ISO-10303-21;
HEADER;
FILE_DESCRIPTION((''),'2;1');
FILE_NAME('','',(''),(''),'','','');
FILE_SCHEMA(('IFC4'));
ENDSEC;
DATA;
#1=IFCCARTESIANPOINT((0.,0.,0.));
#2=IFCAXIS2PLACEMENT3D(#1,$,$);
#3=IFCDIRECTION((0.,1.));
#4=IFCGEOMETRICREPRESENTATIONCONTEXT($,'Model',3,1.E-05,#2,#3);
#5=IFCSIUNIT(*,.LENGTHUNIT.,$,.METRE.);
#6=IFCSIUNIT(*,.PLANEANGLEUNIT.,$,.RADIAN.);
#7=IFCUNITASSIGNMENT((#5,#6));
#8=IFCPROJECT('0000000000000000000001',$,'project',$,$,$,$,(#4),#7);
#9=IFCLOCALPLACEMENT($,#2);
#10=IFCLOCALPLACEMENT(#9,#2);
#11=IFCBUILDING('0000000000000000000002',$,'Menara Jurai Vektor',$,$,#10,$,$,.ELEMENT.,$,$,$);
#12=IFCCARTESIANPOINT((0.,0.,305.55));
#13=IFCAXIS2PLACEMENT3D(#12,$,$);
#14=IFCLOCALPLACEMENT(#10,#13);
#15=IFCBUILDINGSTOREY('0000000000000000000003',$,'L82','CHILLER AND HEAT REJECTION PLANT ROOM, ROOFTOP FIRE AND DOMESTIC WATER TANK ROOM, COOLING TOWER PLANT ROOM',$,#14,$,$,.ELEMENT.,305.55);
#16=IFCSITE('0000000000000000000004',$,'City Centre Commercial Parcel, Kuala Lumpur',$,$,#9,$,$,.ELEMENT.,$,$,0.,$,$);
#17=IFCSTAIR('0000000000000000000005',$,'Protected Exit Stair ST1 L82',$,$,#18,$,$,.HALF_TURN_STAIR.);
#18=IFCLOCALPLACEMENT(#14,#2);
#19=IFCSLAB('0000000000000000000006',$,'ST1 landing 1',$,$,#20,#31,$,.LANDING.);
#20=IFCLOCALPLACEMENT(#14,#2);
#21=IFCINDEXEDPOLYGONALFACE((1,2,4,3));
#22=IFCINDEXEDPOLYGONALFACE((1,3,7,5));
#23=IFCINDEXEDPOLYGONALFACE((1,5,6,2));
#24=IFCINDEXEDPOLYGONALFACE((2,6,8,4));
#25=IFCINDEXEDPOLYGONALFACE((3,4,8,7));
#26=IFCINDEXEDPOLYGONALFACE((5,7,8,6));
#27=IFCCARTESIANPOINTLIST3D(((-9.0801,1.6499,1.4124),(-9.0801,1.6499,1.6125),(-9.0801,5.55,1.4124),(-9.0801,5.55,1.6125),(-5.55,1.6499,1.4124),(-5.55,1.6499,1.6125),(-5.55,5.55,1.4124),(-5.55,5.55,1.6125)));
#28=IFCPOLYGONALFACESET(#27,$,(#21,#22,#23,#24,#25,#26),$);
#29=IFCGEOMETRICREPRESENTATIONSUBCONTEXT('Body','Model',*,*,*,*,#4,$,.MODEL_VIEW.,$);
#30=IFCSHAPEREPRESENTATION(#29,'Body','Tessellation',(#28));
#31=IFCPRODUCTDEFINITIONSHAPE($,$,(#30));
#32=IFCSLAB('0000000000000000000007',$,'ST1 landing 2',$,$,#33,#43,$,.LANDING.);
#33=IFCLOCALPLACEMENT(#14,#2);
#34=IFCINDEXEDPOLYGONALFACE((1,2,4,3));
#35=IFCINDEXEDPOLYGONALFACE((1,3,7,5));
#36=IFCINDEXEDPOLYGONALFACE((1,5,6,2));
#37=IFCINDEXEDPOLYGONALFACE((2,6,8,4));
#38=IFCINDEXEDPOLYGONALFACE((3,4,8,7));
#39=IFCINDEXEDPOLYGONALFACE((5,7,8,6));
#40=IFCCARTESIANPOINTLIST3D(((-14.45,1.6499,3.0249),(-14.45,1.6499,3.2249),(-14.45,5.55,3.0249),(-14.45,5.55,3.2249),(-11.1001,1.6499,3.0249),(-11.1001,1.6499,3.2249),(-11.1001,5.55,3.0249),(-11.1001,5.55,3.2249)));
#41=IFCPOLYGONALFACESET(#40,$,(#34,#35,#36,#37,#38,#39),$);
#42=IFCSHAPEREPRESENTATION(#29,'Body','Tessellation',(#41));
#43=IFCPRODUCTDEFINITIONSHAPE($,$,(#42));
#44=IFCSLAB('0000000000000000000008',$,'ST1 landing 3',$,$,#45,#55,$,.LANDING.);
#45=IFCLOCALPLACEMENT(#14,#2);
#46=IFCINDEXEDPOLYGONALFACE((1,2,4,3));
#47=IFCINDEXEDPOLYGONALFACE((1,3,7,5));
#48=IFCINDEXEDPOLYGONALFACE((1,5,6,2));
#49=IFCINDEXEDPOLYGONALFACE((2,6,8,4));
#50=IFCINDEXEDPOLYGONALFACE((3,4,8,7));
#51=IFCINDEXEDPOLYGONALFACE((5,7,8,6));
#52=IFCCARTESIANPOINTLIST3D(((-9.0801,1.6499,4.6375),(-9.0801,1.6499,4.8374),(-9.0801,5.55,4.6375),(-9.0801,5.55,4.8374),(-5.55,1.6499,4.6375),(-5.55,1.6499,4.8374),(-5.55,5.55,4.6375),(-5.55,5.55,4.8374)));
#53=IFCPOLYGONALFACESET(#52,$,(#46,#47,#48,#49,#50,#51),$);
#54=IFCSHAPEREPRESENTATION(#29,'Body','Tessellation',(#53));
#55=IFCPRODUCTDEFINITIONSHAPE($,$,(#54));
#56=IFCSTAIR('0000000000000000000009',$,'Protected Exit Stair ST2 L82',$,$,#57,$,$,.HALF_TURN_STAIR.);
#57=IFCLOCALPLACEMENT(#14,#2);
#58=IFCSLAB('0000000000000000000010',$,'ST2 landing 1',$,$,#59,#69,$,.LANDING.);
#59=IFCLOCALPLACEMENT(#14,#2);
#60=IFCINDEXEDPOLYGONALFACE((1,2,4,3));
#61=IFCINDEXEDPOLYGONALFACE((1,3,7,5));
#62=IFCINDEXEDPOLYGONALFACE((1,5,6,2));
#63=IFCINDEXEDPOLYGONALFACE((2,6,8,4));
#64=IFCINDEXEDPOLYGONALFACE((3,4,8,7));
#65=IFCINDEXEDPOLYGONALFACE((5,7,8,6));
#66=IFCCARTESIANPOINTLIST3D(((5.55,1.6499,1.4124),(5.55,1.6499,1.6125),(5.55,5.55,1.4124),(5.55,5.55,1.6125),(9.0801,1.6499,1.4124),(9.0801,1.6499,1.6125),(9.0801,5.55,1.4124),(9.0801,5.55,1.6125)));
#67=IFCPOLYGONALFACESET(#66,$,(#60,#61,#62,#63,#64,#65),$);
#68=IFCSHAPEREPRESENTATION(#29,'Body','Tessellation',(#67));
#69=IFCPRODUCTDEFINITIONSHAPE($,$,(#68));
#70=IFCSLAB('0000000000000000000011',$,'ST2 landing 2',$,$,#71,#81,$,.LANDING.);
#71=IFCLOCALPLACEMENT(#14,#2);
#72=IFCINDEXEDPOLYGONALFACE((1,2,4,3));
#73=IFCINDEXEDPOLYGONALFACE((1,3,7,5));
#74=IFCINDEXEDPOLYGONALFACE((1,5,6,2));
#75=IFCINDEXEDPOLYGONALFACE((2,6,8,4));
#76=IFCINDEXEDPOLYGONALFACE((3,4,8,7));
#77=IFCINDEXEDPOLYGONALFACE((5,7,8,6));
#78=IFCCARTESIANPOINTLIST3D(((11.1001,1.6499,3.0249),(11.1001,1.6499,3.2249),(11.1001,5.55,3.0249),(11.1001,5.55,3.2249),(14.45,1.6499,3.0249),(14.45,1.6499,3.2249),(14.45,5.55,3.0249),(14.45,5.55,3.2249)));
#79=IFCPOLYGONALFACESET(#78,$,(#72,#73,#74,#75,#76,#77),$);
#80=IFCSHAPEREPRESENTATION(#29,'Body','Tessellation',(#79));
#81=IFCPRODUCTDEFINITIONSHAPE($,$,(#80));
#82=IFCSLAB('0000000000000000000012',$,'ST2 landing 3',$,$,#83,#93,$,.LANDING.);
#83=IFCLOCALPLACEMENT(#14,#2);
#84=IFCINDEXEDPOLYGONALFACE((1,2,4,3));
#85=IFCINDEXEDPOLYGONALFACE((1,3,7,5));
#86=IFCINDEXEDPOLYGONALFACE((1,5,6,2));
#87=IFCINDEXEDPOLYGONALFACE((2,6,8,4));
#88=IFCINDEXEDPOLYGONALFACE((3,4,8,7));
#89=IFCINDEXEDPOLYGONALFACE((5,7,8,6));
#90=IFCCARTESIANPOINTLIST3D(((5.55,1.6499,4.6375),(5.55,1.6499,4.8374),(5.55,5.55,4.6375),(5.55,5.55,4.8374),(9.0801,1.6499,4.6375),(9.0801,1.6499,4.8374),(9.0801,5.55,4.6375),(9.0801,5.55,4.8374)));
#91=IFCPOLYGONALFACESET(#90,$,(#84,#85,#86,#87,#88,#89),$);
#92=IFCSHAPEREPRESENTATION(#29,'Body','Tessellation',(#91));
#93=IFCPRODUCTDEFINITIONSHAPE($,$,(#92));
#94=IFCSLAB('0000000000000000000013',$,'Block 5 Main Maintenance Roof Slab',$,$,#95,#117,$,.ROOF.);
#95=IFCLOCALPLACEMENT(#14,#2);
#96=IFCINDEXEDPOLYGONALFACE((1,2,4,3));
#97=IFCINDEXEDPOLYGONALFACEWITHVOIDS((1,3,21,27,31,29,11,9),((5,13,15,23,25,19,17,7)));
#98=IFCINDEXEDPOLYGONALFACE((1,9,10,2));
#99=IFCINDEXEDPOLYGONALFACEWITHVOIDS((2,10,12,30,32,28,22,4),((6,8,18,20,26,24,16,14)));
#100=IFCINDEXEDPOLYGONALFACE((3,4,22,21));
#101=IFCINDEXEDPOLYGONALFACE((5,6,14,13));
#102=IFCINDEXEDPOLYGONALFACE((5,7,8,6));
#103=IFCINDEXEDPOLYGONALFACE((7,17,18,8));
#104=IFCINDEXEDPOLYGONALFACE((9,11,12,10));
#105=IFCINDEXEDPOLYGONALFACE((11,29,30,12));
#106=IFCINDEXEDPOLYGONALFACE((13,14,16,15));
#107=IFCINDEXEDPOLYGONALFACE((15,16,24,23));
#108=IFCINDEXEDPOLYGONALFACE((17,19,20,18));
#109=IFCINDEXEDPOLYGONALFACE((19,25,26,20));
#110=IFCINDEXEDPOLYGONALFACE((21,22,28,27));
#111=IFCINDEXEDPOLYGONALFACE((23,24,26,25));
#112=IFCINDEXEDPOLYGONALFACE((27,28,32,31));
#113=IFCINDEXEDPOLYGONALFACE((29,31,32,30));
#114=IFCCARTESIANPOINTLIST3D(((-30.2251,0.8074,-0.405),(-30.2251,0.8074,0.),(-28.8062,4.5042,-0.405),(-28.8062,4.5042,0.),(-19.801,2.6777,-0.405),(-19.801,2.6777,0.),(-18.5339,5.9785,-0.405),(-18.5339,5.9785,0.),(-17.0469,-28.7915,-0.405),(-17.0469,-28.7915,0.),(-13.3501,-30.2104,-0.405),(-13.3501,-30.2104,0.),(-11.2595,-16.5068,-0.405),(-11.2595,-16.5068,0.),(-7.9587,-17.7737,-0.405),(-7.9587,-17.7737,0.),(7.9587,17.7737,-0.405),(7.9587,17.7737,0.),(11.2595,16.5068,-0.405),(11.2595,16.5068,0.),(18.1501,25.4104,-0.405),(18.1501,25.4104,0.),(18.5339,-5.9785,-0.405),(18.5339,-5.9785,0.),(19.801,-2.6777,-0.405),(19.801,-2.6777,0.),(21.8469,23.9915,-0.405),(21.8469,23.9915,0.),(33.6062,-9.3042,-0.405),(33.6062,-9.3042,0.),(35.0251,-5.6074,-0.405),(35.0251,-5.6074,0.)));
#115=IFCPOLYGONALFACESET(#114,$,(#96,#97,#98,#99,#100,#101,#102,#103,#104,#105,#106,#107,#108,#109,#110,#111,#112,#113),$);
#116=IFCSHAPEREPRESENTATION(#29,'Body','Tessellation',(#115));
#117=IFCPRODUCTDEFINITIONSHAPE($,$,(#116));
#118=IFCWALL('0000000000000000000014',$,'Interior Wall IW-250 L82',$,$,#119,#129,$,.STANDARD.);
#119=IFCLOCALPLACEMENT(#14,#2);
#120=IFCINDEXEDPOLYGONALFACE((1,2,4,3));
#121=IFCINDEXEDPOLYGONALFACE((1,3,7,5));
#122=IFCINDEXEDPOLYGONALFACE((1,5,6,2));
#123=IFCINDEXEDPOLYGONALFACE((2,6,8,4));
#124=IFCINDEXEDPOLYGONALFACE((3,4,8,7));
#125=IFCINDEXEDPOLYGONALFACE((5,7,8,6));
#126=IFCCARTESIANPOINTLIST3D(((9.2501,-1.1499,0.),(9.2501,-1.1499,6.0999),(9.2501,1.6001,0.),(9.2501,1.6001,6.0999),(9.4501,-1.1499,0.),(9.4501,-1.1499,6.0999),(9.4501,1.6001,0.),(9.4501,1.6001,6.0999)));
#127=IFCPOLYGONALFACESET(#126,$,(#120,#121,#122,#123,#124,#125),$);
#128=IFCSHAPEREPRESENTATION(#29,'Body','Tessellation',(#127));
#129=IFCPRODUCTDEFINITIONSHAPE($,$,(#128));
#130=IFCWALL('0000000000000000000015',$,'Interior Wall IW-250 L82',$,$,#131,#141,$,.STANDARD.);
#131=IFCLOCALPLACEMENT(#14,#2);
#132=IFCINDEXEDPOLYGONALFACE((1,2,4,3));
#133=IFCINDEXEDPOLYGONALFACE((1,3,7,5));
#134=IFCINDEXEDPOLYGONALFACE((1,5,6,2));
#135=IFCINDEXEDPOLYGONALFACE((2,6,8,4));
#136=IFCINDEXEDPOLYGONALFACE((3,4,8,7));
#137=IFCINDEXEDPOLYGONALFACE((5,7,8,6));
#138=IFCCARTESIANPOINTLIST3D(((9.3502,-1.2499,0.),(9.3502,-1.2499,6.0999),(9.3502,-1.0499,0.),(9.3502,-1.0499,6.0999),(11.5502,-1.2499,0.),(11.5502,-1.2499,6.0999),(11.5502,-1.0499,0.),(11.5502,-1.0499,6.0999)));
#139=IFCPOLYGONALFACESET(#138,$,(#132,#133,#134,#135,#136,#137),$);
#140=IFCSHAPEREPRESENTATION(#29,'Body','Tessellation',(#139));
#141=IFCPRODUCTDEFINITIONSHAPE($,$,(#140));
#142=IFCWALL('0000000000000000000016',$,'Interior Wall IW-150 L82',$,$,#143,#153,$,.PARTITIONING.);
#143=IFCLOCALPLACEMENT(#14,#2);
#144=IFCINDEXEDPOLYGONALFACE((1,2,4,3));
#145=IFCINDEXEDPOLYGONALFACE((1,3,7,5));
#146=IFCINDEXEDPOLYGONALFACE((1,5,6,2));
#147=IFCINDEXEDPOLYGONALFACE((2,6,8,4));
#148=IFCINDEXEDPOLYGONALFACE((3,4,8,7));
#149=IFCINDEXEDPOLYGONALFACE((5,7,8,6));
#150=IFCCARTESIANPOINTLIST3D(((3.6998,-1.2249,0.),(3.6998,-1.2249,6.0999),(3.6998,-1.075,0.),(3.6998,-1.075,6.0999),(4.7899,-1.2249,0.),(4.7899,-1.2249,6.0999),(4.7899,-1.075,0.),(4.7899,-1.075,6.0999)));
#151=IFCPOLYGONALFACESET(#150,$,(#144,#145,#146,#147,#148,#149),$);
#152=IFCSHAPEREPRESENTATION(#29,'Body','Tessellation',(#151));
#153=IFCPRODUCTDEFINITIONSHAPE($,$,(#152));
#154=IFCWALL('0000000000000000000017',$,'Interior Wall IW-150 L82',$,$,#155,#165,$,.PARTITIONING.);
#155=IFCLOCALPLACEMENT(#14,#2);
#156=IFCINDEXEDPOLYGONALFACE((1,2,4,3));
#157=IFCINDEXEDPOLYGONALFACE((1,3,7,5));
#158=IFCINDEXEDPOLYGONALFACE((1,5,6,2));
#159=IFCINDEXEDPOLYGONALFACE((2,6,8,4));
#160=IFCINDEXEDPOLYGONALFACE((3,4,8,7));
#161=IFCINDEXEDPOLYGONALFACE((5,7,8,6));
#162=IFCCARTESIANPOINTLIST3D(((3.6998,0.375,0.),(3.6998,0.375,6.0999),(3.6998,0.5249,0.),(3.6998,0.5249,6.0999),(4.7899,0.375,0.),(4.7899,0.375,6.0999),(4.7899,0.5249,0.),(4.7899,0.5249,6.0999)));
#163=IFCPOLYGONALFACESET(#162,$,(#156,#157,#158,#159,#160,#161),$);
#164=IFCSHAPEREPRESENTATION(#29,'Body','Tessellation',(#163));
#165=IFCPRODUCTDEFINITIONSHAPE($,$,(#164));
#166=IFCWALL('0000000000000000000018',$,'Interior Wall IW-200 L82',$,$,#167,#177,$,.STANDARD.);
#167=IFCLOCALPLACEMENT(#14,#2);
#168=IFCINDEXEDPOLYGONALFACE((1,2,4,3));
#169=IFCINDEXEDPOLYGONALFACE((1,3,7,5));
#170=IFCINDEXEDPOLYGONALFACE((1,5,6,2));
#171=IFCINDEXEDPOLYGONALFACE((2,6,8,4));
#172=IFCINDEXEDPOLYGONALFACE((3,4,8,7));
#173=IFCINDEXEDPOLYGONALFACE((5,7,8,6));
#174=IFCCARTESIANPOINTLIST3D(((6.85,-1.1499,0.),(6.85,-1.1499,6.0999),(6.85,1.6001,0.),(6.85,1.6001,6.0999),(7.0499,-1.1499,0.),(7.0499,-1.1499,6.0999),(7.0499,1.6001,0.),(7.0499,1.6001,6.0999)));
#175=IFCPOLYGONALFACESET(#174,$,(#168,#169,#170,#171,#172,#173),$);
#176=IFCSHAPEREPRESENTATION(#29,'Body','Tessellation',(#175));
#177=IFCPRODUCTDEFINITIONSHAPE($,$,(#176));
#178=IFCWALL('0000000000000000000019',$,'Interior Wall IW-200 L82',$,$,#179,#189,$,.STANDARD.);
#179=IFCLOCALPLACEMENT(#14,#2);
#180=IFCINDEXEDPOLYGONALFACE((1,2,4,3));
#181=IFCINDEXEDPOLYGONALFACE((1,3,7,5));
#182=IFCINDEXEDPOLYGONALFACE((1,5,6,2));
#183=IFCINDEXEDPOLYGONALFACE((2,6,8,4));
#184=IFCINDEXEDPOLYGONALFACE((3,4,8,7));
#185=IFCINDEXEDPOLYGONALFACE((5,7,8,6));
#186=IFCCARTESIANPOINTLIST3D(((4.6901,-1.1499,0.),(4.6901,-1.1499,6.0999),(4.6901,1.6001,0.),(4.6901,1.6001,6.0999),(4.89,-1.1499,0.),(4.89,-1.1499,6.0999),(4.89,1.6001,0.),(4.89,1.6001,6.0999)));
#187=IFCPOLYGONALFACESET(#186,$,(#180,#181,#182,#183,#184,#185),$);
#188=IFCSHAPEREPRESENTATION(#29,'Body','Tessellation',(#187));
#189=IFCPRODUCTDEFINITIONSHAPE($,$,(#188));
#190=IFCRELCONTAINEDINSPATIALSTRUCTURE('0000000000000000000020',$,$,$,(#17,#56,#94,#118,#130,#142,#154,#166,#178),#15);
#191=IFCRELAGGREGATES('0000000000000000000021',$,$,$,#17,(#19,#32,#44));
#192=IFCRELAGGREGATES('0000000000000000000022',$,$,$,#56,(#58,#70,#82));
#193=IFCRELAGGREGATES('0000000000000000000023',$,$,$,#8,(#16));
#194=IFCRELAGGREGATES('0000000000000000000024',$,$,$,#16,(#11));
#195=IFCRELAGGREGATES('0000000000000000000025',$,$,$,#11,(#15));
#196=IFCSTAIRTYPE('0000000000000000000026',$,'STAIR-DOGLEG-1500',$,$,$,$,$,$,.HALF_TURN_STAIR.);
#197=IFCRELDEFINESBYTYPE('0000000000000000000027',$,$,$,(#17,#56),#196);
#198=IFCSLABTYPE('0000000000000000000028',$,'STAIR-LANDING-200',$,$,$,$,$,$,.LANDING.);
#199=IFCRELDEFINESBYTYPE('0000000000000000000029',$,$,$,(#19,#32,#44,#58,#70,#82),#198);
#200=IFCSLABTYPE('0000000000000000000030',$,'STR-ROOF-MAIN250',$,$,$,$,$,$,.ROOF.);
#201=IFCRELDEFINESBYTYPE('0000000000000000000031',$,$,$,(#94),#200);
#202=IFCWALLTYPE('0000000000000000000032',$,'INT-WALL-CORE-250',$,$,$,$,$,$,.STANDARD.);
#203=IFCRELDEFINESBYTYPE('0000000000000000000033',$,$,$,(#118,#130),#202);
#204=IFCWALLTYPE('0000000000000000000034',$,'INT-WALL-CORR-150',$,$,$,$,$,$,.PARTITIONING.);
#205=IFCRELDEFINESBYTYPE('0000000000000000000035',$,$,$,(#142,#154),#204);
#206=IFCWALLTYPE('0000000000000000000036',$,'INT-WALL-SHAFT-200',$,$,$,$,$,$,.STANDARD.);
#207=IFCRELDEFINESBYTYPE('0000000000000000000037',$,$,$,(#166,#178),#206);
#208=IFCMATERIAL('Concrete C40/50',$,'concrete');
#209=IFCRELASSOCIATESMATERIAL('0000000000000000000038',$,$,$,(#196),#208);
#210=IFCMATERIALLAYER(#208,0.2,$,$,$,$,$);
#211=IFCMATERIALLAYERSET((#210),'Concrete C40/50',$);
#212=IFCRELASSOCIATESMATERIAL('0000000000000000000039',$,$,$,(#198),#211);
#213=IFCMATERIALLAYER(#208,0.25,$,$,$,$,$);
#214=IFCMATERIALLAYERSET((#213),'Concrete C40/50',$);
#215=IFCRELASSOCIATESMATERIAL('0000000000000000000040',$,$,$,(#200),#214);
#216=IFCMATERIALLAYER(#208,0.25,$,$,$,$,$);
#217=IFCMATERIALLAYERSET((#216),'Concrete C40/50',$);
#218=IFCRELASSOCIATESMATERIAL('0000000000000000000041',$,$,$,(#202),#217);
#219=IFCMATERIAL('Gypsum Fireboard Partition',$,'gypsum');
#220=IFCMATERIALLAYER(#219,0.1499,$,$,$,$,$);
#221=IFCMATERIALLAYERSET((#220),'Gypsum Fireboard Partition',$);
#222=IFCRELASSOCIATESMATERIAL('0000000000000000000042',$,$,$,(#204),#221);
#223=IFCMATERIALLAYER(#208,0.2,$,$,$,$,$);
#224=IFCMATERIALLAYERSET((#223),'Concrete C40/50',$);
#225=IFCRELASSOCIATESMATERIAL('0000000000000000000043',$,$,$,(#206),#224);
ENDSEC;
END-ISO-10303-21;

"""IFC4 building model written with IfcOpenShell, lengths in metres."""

from ifc_helpers import new_model, si_unit, direction, frame, frame_2d, origin, place, context, subcontext, project, spatial, polyline, rectangle, outline, extrude, material, layer, layer_set, type_object, element, aggregate, save


model = new_model("IFC4")

# Units and contexts
model_context = context("Model", 3, precision=1e-05, world=origin(), true_north=direction((0.0, 1.0)))
body_context = subcontext(model_context, "Body", "Model", "MODEL_VIEW")
ifc_project = project(units=[si_unit("LENGTHUNIT", "METRE"), si_unit("PLANEANGLEUNIT", "RADIAN")], contexts=[model_context])

# Site, building, storey
site_placement = place(None, origin())
site = spatial("IfcSite", under=ifc_project, at=site_placement, Name="City Centre Commercial Parcel, Kuala Lumpur", CompositionType="ELEMENT", RefElevation=0.0)
building_placement = place(site_placement, origin())
building = spatial("IfcBuilding", under=site, at=building_placement, Name="Menara Jurai Vektor", CompositionType="ELEMENT")
storey_placement = place(building_placement, frame((0.0, 0.0, 305.55)))
storey = spatial("IfcBuildingStorey", under=building, at=storey_placement, Name="L82", Description="CHILLER AND HEAT REJECTION PLANT ROOM, ROOFTOP FIRE AND DOMESTIC WATER TANK ROOM, COOLING TOWER PLANT ROOM", CompositionType="ELEMENT", Elevation=305.55)

# Stairs, slabs
ifc_material_1 = material(Name="Concrete C40/50", Category="concrete")
stair_type = type_object("IfcStairType", Name="STAIR-DOGLEG-1500", PredefinedType="HALF_TURN_STAIR", material=ifc_material_1)
stair_1_placement = place(storey_placement, origin())
stair_1 = element("IfcStair", 1, at=stair_1_placement, inside=storey, type_object=stair_type, Name="Protected Exit Stair ST1 L82", PredefinedType="HALF_TURN_STAIR")
ifc_layer_1 = layer(ifc_material_1, 0.2)
ifc_layer_set_1 = layer_set([ifc_layer_1], Name="Concrete C40/50")
slab_type_1 = type_object("IfcSlabType", Name="STAIR-LANDING-200", PredefinedType="LANDING", material=ifc_layer_set_1)
slab_1_placement = place(storey_placement, frame((0.0, 0.0, 1.4124)))
slab_1 = element("IfcSlab", 2, at=slab_1_placement, type_object=slab_type_1, Name="ST1 landing 1", PredefinedType="LANDING", context=body_context, shape_type="SweptSolid", body=[
    extrude(outline(polyline([(-9.0801, 1.6499), (-5.55, 1.6499), (-5.55, 5.55), (-9.0801, 5.55), (-9.0801, 1.6499)])), origin(), (0.0, 0.0, 1.0), 0.2002),
])
slab_2_placement = place(storey_placement, frame((0.0, 0.0, 3.0249)))
slab_2 = element("IfcSlab", 3, at=slab_2_placement, type_object=slab_type_1, Name="ST1 landing 2", PredefinedType="LANDING", context=body_context, shape_type="SweptSolid", body=[
    extrude(outline(polyline([(-14.45, 1.6499), (-11.1001, 1.6499), (-11.1001, 5.55), (-14.45, 5.55), (-14.45, 1.6499)])), origin(), (0.0, 0.0, 1.0), 0.2),
])
slab_3_placement = place(storey_placement, frame((0.0, 0.0, 4.6375)))
slab_3 = element("IfcSlab", 4, at=slab_3_placement, type_object=slab_type_1, Name="ST1 landing 3", PredefinedType="LANDING", context=body_context, shape_type="SweptSolid", body=[
    extrude(outline(polyline([(-9.0801, 1.6499), (-5.55, 1.6499), (-5.55, 5.55), (-9.0801, 5.55), (-9.0801, 1.6499)])), origin(), (0.0, 0.0, 1.0), 0.2),
])
aggregate(stair_1, [slab_1, slab_2, slab_3])
stair_2_placement = place(storey_placement, origin())
stair_2 = element("IfcStair", 5, at=stair_2_placement, inside=storey, type_object=stair_type, Name="Protected Exit Stair ST2 L82", PredefinedType="HALF_TURN_STAIR")
slab_4_placement = place(storey_placement, frame((0.0, 0.0, 1.4124)))
slab_4 = element("IfcSlab", 6, at=slab_4_placement, type_object=slab_type_1, Name="ST2 landing 1", PredefinedType="LANDING", context=body_context, shape_type="SweptSolid", body=[
    extrude(outline(polyline([(5.55, 1.6499), (9.0801, 1.6499), (9.0801, 5.55), (5.55, 5.55), (5.55, 1.6499)])), origin(), (0.0, 0.0, 1.0), 0.2002),
])
slab_5_placement = place(storey_placement, frame((0.0, 0.0, 3.0249)))
slab_5 = element("IfcSlab", 7, at=slab_5_placement, type_object=slab_type_1, Name="ST2 landing 2", PredefinedType="LANDING", context=body_context, shape_type="SweptSolid", body=[
    extrude(outline(polyline([(11.1001, 1.6499), (14.45, 1.6499), (14.45, 5.55), (11.1001, 5.55), (11.1001, 1.6499)])), origin(), (0.0, 0.0, 1.0), 0.2),
])
slab_6_placement = place(storey_placement, frame((0.0, 0.0, 4.6375)))
slab_6 = element("IfcSlab", 8, at=slab_6_placement, type_object=slab_type_1, Name="ST2 landing 3", PredefinedType="LANDING", context=body_context, shape_type="SweptSolid", body=[
    extrude(outline(polyline([(5.55, 1.6499), (9.0801, 1.6499), (9.0801, 5.55), (5.55, 5.55), (5.55, 1.6499)])), origin(), (0.0, 0.0, 1.0), 0.2),
])
aggregate(stair_2, [slab_4, slab_5, slab_6])

# Slab
ifc_layer_2 = layer(ifc_material_1, 0.25)
ifc_layer_set_2 = layer_set([ifc_layer_2], Name="Concrete C40/50")
slab_type_2 = type_object("IfcSlabType", Name="STR-ROOF-MAIN250", PredefinedType="ROOF", material=ifc_layer_set_2)
slab_7_placement = place(storey_placement, frame((0.0, 0.0, -0.405)))
element("IfcSlab", 9, at=slab_7_placement, inside=storey, type_object=slab_type_2, Name="Block 5 Main Maintenance Roof Slab", PredefinedType="ROOF", context=body_context, shape_type="SweptSolid", body=[
    extrude(outline(polyline([(-13.3501, -30.2104), (33.6062, -9.3042), (35.0251, -5.6074), (21.8469, 23.9915), (18.1501, 25.4104), (-28.8062, 4.5042), (-30.2251, 0.8074), (-17.0469, -28.7915), (-13.3501, -30.2104)]), holes=[polyline([(-7.9587, -17.7737), (-11.2595, -16.5068), (-19.801, 2.6777), (-18.5339, 5.9785), (7.9587, 17.7737), (11.2595, 16.5068), (19.801, -2.6777), (18.5339, -5.9785), (-7.9587, -17.7737)])]), origin(), (0.0, 0.0, 1.0), 0.405),
])

# Walls
ifc_layer_3 = layer(ifc_material_1, 0.25)
ifc_layer_set_3 = layer_set([ifc_layer_3], Name="Concrete C40/50")
wall_type_1 = type_object("IfcWallType", Name="INT-WALL-CORE-250", PredefinedType="STANDARD", material=ifc_layer_set_3)
wall_1_placement = place(storey_placement, frame((9.3501, -1.1499, 0.0), z_axis=(0.0, 0.0, 1.0), x_axis=(0.0, 1.0, 0.0)))
element("IfcWall", 10, at=wall_1_placement, inside=storey, type_object=wall_type_1, Name="Interior Wall IW-250 L82", PredefinedType="STANDARD", context=body_context, shape_type="SweptSolid", body=[
    extrude(rectangle(XDim=2.75, YDim=0.2, at=frame_2d((1.375, 0.0))), origin(), (0.0, 0.0, 1.0), 6.0999),
])
wall_2_placement = place(storey_placement, frame((9.3501, -1.1499, 0.0), z_axis=(0.0, 0.0, 1.0), x_axis=(1.0, 0.0, 0.0)))
element("IfcWall", 11, at=wall_2_placement, inside=storey, type_object=wall_type_1, Name="Interior Wall IW-250 L82", PredefinedType="STANDARD", context=body_context, shape_type="SweptSolid", body=[
    extrude(rectangle(XDim=2.2, YDim=0.2, at=frame_2d((1.1001, 0.0))), origin(), (0.0, 0.0, 1.0), 6.0999),
])
ifc_material_2 = material(Name="Gypsum Fireboard Partition", Category="gypsum")
ifc_layer_4 = layer(ifc_material_2, 0.1499)
ifc_layer_set_4 = layer_set([ifc_layer_4], Name="Gypsum Fireboard Partition")
wall_type_2 = type_object("IfcWallType", Name="INT-WALL-CORR-150", PredefinedType="PARTITIONING", material=ifc_layer_set_4)
for number, where, z_axis, x_axis, name in (
    (12, (3.7, -1.1499, 0.0), (0.0, 0.0, 1.0), (1.0, 0.0, 0.0), "Interior Wall IW-150 L82"),
    (13, (3.7, 0.45, 0.0), (0.0, 0.0, 1.0), (1.0, 0.0, 0.0), "Interior Wall IW-150 L82"),
):
    element("IfcWall", number, at=place(storey_placement, frame(where, z_axis=z_axis, x_axis=x_axis)), inside=storey, type_object=wall_type_2, Name=name, PredefinedType="PARTITIONING", context=body_context, shape_type="SweptSolid", body=[
        extrude(rectangle(XDim=1.0901, YDim=0.1499, at=frame_2d((0.5449, 0.0))), origin(), (0.0, 0.0, 1.0), 6.0999),
    ])

# Shared definitions
ifc_layer_5 = layer(ifc_material_1, 0.2)
ifc_layer_set_5 = layer_set([ifc_layer_5], Name="Concrete C40/50")
wall_type_3 = type_object("IfcWallType", Name="INT-WALL-SHAFT-200", PredefinedType="STANDARD", material=ifc_layer_set_5)

# Wall
wall_3_placement = place(storey_placement, frame((6.95, -1.1499, 0.0), z_axis=(0.0, 0.0, 1.0), x_axis=(0.0, 1.0, 0.0)))
element("IfcWall", 14, at=wall_3_placement, inside=storey, type_object=wall_type_3, Name="Interior Wall IW-200 L82", PredefinedType="STANDARD", context=body_context, shape_type="SweptSolid", body=[
    extrude(rectangle(XDim=2.75, YDim=0.2, at=frame_2d((1.375, 0.0))), origin(), (0.0, 0.0, 1.0), 6.0999),
])

# Wall
wall_4_placement = place(storey_placement, frame((4.79, -1.1499, 0.0), z_axis=(0.0, 0.0, 1.0), x_axis=(0.0, 1.0, 0.0)))
element("IfcWall", 15, at=wall_4_placement, inside=storey, type_object=wall_type_3, Name="Interior Wall IW-200 L82", PredefinedType="STANDARD", context=body_context, shape_type="SweptSolid", body=[
    extrude(rectangle(XDim=2.75, YDim=0.2, at=frame_2d((1.375, 0.0))), origin(), (0.0, 0.0, 1.0), 6.0999),
])

save(model, "model.ifc")
